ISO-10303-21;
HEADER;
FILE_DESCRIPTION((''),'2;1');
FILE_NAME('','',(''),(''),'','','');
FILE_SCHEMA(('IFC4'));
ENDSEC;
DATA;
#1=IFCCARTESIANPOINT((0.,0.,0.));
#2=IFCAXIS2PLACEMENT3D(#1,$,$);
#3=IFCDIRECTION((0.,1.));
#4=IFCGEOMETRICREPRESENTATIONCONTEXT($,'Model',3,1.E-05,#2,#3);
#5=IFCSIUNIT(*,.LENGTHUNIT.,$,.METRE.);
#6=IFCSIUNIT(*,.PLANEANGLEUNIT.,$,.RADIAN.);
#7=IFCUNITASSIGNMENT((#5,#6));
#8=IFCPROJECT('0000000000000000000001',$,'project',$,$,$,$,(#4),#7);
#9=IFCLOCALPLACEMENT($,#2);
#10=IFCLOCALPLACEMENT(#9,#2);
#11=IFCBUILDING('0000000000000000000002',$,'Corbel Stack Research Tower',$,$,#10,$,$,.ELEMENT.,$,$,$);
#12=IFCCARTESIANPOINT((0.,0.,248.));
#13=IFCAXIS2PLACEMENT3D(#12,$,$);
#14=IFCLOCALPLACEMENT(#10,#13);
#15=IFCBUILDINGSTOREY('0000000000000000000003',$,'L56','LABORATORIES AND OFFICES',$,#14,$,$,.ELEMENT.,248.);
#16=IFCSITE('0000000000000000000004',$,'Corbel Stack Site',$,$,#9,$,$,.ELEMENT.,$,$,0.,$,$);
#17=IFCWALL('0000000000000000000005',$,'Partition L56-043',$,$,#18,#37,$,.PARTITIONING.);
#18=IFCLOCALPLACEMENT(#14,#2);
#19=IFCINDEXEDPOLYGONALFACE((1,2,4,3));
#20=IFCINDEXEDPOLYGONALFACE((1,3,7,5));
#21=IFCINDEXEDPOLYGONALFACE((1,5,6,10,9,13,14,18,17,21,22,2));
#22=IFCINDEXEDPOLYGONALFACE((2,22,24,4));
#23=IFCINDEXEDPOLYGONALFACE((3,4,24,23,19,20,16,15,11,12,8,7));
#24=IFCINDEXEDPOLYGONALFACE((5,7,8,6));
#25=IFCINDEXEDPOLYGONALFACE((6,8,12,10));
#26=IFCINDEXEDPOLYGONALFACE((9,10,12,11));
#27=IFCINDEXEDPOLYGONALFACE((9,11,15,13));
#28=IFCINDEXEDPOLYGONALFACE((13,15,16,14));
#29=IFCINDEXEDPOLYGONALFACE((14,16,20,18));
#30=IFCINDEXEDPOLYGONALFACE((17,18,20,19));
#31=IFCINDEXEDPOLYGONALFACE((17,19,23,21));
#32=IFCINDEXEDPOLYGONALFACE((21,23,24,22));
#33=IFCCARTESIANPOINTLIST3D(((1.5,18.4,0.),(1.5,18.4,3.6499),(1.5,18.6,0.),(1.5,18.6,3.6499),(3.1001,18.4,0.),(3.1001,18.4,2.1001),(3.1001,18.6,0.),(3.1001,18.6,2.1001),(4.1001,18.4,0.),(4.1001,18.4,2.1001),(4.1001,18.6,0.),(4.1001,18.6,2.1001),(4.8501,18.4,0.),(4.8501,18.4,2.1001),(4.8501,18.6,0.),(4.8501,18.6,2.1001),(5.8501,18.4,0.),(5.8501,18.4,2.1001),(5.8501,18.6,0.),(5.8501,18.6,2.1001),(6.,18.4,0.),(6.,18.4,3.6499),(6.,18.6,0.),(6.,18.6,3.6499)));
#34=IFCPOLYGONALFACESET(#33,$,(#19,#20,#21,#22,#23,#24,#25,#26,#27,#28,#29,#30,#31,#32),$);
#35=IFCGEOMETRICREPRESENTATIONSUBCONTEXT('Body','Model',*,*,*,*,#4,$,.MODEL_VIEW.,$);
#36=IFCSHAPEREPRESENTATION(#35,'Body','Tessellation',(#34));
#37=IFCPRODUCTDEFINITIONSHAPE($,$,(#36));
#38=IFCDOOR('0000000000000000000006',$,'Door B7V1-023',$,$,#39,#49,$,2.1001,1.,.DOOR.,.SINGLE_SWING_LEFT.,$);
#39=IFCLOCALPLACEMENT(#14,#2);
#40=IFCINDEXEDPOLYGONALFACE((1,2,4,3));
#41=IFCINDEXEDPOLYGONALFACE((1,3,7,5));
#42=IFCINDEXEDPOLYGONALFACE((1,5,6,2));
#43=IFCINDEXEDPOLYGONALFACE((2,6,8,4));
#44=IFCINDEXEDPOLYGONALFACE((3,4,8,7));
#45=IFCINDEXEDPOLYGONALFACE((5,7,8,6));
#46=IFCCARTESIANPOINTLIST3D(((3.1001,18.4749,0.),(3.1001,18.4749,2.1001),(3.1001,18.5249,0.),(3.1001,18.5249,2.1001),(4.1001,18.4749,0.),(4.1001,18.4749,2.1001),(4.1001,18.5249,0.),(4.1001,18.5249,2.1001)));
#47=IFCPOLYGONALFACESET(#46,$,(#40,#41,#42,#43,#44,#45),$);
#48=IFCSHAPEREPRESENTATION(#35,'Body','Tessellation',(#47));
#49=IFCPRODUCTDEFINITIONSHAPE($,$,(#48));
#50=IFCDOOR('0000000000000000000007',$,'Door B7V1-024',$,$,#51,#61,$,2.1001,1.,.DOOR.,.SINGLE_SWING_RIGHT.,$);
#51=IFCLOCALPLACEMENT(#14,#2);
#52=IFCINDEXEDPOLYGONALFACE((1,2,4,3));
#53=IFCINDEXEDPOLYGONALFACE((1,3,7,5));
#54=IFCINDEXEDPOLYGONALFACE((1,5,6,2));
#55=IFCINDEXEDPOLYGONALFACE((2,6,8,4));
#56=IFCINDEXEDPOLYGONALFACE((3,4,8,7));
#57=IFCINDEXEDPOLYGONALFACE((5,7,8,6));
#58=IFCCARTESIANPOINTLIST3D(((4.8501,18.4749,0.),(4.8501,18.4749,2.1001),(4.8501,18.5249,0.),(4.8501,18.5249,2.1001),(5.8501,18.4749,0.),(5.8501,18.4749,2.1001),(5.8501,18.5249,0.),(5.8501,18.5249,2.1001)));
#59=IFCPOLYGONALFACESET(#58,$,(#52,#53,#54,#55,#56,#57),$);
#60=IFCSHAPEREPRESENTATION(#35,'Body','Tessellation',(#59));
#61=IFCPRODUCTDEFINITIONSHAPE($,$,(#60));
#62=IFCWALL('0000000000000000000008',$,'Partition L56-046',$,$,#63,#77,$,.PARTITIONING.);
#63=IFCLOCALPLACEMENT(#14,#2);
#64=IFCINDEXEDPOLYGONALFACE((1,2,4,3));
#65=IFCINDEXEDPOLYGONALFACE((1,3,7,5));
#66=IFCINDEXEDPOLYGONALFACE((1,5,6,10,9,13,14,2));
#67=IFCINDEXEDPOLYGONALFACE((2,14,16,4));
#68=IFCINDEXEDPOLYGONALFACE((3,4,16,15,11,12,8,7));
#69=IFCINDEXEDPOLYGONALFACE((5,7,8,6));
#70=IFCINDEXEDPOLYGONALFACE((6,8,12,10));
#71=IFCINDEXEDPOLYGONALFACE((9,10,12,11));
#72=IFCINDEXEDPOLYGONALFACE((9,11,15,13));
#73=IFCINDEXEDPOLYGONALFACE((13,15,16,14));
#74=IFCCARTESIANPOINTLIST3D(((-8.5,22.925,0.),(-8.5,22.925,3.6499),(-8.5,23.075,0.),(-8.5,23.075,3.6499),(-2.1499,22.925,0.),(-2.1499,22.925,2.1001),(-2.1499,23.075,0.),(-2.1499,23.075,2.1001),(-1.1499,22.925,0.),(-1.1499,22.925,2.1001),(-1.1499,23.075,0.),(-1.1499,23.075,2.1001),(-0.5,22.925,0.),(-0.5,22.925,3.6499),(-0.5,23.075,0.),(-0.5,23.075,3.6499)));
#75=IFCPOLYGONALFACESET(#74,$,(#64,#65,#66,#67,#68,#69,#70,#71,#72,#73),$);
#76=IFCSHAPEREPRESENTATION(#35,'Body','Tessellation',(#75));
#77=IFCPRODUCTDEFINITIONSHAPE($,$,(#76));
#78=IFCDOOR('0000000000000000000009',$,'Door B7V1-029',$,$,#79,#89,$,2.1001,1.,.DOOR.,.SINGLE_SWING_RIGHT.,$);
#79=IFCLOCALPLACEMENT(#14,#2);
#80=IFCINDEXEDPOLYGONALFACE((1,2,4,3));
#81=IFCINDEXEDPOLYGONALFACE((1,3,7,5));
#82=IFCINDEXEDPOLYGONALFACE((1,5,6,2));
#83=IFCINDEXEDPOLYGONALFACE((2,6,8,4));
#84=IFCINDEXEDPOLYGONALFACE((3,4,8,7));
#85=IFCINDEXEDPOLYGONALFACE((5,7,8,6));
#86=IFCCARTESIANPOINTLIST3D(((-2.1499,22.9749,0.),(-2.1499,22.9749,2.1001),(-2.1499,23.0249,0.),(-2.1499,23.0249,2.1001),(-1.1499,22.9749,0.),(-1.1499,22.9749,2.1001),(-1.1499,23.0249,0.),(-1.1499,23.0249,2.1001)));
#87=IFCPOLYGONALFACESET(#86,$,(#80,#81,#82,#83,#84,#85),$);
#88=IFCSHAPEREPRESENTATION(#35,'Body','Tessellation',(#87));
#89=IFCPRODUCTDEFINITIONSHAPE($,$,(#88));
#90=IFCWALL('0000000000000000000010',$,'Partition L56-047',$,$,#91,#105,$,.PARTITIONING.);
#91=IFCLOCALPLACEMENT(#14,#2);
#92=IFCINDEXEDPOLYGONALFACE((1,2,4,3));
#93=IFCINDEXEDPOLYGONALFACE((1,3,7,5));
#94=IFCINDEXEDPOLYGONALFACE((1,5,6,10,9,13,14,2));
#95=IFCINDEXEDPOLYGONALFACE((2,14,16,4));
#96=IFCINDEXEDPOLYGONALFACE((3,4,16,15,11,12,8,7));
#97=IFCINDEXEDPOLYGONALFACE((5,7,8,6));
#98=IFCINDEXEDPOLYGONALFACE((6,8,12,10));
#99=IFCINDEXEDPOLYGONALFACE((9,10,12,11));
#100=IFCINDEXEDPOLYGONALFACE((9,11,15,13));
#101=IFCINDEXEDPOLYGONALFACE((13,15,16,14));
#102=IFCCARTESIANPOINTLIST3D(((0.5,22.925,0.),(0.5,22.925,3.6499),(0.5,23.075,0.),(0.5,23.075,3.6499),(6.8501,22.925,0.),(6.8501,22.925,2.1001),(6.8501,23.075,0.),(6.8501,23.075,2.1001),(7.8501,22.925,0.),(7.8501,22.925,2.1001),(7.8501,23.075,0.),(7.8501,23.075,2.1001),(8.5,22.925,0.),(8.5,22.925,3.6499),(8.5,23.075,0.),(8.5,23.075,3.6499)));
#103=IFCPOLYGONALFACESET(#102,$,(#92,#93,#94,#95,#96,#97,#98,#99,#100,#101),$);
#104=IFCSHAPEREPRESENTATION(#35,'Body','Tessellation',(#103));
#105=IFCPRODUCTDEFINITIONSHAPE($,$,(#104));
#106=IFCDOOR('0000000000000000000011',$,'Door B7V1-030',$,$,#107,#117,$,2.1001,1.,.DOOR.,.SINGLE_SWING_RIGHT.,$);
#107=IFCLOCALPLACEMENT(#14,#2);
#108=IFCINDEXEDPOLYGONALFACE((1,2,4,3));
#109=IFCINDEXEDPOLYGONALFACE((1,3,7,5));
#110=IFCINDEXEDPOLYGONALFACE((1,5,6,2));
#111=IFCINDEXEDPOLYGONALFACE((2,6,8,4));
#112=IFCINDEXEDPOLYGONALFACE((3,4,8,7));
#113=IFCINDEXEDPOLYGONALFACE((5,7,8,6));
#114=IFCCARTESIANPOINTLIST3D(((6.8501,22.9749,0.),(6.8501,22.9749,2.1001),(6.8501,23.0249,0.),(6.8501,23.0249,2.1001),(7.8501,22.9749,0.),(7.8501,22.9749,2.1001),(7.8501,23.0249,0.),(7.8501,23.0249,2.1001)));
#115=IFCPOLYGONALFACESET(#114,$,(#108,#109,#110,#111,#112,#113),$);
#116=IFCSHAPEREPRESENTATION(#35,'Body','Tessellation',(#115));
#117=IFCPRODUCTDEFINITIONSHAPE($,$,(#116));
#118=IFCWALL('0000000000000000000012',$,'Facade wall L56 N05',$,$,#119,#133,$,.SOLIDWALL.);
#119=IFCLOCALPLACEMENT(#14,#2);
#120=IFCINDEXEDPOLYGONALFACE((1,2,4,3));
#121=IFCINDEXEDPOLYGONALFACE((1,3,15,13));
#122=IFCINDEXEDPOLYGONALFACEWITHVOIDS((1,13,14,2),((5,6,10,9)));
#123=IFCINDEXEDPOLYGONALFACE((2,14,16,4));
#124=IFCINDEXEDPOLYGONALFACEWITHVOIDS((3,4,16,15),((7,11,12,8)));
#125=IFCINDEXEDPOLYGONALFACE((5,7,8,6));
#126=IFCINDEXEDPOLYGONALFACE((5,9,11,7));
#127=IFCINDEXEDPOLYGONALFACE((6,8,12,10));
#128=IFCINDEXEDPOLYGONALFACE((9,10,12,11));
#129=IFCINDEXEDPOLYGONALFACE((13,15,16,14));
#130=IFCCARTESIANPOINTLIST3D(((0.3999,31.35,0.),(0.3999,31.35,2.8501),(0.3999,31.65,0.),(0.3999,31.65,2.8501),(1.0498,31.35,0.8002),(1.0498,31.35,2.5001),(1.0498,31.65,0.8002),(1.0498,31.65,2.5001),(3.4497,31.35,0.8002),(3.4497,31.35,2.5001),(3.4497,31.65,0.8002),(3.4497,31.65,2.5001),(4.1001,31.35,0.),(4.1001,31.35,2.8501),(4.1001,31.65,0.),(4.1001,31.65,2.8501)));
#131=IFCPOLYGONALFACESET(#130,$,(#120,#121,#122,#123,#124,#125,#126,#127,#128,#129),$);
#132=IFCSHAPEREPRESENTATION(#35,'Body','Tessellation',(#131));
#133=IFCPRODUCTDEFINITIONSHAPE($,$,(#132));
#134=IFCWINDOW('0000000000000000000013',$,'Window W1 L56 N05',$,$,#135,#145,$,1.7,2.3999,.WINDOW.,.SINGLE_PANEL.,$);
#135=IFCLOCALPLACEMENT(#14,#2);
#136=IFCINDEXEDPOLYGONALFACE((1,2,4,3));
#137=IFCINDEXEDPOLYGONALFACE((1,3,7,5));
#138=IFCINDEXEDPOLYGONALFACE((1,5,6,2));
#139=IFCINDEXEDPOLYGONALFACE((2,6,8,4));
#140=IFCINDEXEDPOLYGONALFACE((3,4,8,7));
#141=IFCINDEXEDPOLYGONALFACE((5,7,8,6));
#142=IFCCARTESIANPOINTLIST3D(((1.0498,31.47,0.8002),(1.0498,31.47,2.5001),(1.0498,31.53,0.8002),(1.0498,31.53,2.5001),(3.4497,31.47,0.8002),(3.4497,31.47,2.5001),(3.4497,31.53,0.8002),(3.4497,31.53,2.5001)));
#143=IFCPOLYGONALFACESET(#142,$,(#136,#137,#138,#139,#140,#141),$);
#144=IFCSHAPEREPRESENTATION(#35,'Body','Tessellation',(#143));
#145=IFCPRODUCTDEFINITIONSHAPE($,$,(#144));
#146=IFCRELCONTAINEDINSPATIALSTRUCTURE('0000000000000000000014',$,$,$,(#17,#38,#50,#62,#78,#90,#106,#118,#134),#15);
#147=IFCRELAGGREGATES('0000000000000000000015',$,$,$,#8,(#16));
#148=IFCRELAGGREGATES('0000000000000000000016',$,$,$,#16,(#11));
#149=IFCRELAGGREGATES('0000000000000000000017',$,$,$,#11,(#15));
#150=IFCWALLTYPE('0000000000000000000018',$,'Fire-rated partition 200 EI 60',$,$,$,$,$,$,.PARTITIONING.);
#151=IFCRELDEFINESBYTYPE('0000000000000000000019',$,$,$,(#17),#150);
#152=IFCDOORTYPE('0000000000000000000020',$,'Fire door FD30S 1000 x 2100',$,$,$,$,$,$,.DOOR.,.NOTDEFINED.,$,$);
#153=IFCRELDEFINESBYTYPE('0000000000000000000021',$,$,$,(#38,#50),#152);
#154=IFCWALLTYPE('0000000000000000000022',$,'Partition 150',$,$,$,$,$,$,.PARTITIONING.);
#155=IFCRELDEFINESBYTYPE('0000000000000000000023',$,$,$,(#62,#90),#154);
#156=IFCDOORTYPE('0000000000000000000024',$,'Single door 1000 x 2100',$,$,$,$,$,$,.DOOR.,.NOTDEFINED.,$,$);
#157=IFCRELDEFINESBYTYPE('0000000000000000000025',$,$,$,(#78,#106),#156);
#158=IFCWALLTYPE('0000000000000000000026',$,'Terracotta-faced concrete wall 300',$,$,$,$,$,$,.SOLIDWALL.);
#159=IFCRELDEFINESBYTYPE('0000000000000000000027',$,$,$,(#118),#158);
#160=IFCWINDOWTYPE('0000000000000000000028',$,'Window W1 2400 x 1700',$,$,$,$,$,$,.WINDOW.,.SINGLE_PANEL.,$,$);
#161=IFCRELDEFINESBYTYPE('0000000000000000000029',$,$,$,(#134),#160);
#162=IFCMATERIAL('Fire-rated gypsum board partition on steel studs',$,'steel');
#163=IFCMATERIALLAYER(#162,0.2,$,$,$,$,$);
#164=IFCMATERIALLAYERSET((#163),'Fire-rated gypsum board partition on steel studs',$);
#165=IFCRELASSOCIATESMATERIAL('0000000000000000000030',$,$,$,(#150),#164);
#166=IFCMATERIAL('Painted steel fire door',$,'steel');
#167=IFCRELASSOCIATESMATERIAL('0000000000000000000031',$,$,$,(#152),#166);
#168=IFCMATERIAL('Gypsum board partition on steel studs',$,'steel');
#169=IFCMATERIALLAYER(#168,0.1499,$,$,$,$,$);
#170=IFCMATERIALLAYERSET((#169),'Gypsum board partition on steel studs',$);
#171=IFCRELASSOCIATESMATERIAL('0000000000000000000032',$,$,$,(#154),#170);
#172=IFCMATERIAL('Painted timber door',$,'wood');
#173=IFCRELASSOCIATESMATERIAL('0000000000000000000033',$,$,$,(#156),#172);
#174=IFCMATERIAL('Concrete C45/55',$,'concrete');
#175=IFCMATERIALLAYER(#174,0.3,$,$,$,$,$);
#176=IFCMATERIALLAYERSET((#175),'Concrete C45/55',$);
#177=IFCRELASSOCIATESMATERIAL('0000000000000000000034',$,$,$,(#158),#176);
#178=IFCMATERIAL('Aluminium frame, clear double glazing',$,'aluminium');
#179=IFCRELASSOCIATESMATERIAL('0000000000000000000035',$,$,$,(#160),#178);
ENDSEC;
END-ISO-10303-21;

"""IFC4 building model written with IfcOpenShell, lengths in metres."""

from ifc_helpers import new_model, si_unit, direction, frame, frame_2d, origin, place, context, subcontext, project, spatial, rectangle, extrude, material, layer, layer_set, type_object, element, fill, save


model = new_model("IFC4")

# Units and contexts
model_context = context("Model", 3, precision=1e-05, world=origin(), true_north=direction((0.0, 1.0)))
body_context = subcontext(model_context, "Body", "Model", "MODEL_VIEW")
ifc_project = project(units=[si_unit("LENGTHUNIT", "METRE"), si_unit("PLANEANGLEUNIT", "RADIAN")], contexts=[model_context])

# Site, building, storey
site_placement = place(None, origin())
site = spatial("IfcSite", under=ifc_project, at=site_placement, Name="Corbel Stack Site", CompositionType="ELEMENT", RefElevation=0.0)
building_placement = place(site_placement, origin())
building = spatial("IfcBuilding", under=site, at=building_placement, Name="Corbel Stack Research Tower", CompositionType="ELEMENT")
storey_placement = place(building_placement, frame((0.0, 0.0, 248.0)))
storey = spatial("IfcBuildingStorey", under=building, at=storey_placement, Name="L56", Description="LABORATORIES AND OFFICES", CompositionType="ELEMENT", Elevation=248.0)

# Shared definitions
ifc_material_1 = material(Name="Fire-rated gypsum board partition on steel studs", Category="steel")
ifc_layer_1 = layer(ifc_material_1, 0.2)
ifc_layer_set_1 = layer_set([ifc_layer_1], Name="Fire-rated gypsum board partition on steel studs")
wall_type_1 = type_object("IfcWallType", Name="Fire-rated partition 200 EI 60", PredefinedType="PARTITIONING", material=ifc_layer_set_1)

# Wall, openings, doors
wall_1_placement = place(storey_placement, frame((1.5, 18.5, 0.0), z_axis=(0.0, 0.0, 1.0), x_axis=(1.0, 0.0, 0.0)))
wall_1 = element("IfcWall", 1, at=wall_1_placement, inside=storey, type_object=wall_type_1, Name="Partition L56-043", PredefinedType="PARTITIONING", context=body_context, shape_type="SweptSolid", body=[
    extrude(rectangle(XDim=4.5, YDim=0.2, at=frame_2d((2.25, 0.0))), origin(), (0.0, 0.0, 1.0), 3.6499),
])
opening_1_placement = place(wall_1_placement, frame((1.6001, 0.0, 0.0)))
opening_1 = element("IfcOpeningElement", 2, at=opening_1_placement, cuts=wall_1, PredefinedType="OPENING", context=body_context, shape_type="SweptSolid", body=[
    extrude(rectangle(XDim=1.0, YDim=2.1001, at=frame_2d((0.5, 1.05))), frame((0.0, 0.1099, 0.0), z_axis=(0.0, -1.0, 0.0), x_axis=(1.0, 0.0, 0.0)), (0.0, 0.0, 1.0), 0.22),
])
opening_2_placement = place(wall_1_placement, frame((3.3501, 0.0, 0.0)))
opening_2 = element("IfcOpeningElement", 3, at=opening_2_placement, cuts=wall_1, PredefinedType="OPENING", context=body_context, shape_type="SweptSolid", body=[
    extrude(rectangle(XDim=1.0, YDim=2.1001, at=frame_2d((0.5, 1.05))), frame((0.0, 0.1099, 0.0), z_axis=(0.0, -1.0, 0.0), x_axis=(1.0, 0.0, 0.0)), (0.0, 0.0, 1.0), 0.22),
])
ifc_material_2 = material(Name="Painted steel fire door", Category="steel")
door_type_1 = type_object("IfcDoorType", Name="Fire door FD30S 1000 x 2100", OperationType="NOTDEFINED", PredefinedType="DOOR", material=ifc_material_2)
door_1_placement = place(opening_1_placement, origin())
door_1 = element("IfcDoor", 4, at=door_1_placement, inside=storey, type_object=door_type_1, Name="Door B7V1-023", OperationType="SINGLE_SWING_LEFT", OverallHeight=2.1001, OverallWidth=1.0, PredefinedType="DOOR", context=body_context, shape_type="SweptSolid", body=[
    extrude(rectangle(XDim=1.0, YDim=2.1001, at=frame_2d((0.5, 1.05))), frame((0.0, 0.0249, 0.0), z_axis=(0.0, -1.0, 0.0), x_axis=(1.0, 0.0, 0.0)), (0.0, 0.0, 1.0), 0.05),
])
fill(opening_1, door_1)
door_2_placement = place(opening_2_placement, origin())
door_2 = element("IfcDoor", 5, at=door_2_placement, inside=storey, type_object=door_type_1, Name="Door B7V1-024", OperationType="SINGLE_SWING_RIGHT", OverallHeight=2.1001, OverallWidth=1.0, PredefinedType="DOOR", context=body_context, shape_type="SweptSolid", body=[
    extrude(rectangle(XDim=1.0, YDim=2.1001, at=frame_2d((0.5, 1.05))), frame((0.0, 0.0249, 0.0), z_axis=(0.0, -1.0, 0.0), x_axis=(1.0, 0.0, 0.0)), (0.0, 0.0, 1.0), 0.05),
])
fill(opening_2, door_2)

# Walls, openings, doors
ifc_material_3 = material(Name="Gypsum board partition on steel studs", Category="steel")
ifc_layer_2 = layer(ifc_material_3, 0.1499)
ifc_layer_set_2 = layer_set([ifc_layer_2], Name="Gypsum board partition on steel studs")
wall_type_2 = type_object("IfcWallType", Name="Partition 150", PredefinedType="PARTITIONING", material=ifc_layer_set_2)
wall_2_placement = place(storey_placement, frame((-8.5, 23.0, 0.0), z_axis=(0.0, 0.0, 1.0), x_axis=(1.0, 0.0, 0.0)))
wall_2 = element("IfcWall", 6, at=wall_2_placement, inside=storey, type_object=wall_type_2, Name="Partition L56-046", PredefinedType="PARTITIONING", context=body_context, shape_type="SweptSolid", body=[
    extrude(rectangle(XDim=8.0, YDim=0.1499, at=frame_2d((4.0, 0.0))), origin(), (0.0, 0.0, 1.0), 3.6499),
])
opening_3_placement = place(wall_2_placement, frame((6.3501, 0.0, 0.0)))
opening_3 = element("IfcOpeningElement", 7, at=opening_3_placement, cuts=wall_2, PredefinedType="OPENING", context=body_context, shape_type="SweptSolid", body=[
    extrude(rectangle(XDim=1.0, YDim=2.1001, at=frame_2d((0.5, 1.05))), frame((0.0, 0.085, 0.0), z_axis=(0.0, -1.0, 0.0), x_axis=(1.0, 0.0, 0.0)), (0.0, 0.0, 1.0), 0.1699),
])
ifc_material_4 = material(Name="Painted timber door", Category="wood")
door_type_2 = type_object("IfcDoorType", Name="Single door 1000 x 2100", OperationType="NOTDEFINED", PredefinedType="DOOR", material=ifc_material_4)
door_3_placement = place(opening_3_placement, origin())
door_3 = element("IfcDoor", 8, at=door_3_placement, inside=storey, type_object=door_type_2, Name="Door B7V1-029", OperationType="SINGLE_SWING_RIGHT", OverallHeight=2.1001, OverallWidth=1.0, PredefinedType="DOOR", context=body_context, shape_type="SweptSolid", body=[
    extrude(rectangle(XDim=1.0, YDim=2.1001, at=frame_2d((0.5, 1.05))), frame((0.0, 0.0249, 0.0), z_axis=(0.0, -1.0, 0.0), x_axis=(1.0, 0.0, 0.0)), (0.0, 0.0, 1.0), 0.05),
])
fill(opening_3, door_3)
wall_3_placement = place(storey_placement, frame((0.5, 23.0, 0.0), z_axis=(0.0, 0.0, 1.0), x_axis=(1.0, 0.0, 0.0)))
wall_3 = element("IfcWall", 9, at=wall_3_placement, inside=storey, type_object=wall_type_2, Name="Partition L56-047", PredefinedType="PARTITIONING", context=body_context, shape_type="SweptSolid", body=[
    extrude(rectangle(XDim=8.0, YDim=0.1499, at=frame_2d((4.0, 0.0))), origin(), (0.0, 0.0, 1.0), 3.6499),
])
opening_4_placement = place(wall_3_placement, frame((6.3501, 0.0, 0.0)))
opening_4 = element("IfcOpeningElement", 10, at=opening_4_placement, cuts=wall_3, PredefinedType="OPENING", context=body_context, shape_type="SweptSolid", body=[
    extrude(rectangle(XDim=1.0, YDim=2.1001, at=frame_2d((0.5, 1.05))), frame((0.0, 0.085, 0.0), z_axis=(0.0, -1.0, 0.0), x_axis=(1.0, 0.0, 0.0)), (0.0, 0.0, 1.0), 0.1699),
])
door_4_placement = place(opening_4_placement, origin())
door_4 = element("IfcDoor", 11, at=door_4_placement, inside=storey, type_object=door_type_2, Name="Door B7V1-030", OperationType="SINGLE_SWING_RIGHT", OverallHeight=2.1001, OverallWidth=1.0, PredefinedType="DOOR", context=body_context, shape_type="SweptSolid", body=[
    extrude(rectangle(XDim=1.0, YDim=2.1001, at=frame_2d((0.5, 1.05))), frame((0.0, 0.0249, 0.0), z_axis=(0.0, -1.0, 0.0), x_axis=(1.0, 0.0, 0.0)), (0.0, 0.0, 1.0), 0.05),
])
fill(opening_4, door_4)

# Wall, opening, window
ifc_material_5 = material(Name="Concrete C45/55", Category="concrete")
ifc_layer_3 = layer(ifc_material_5, 0.3)
ifc_layer_set_3 = layer_set([ifc_layer_3], Name="Concrete C45/55")
wall_type_3 = type_object("IfcWallType", Name="Terracotta-faced concrete wall 300", PredefinedType="SOLIDWALL", material=ifc_layer_set_3)
wall_4_placement = place(storey_placement, frame((0.3999, 31.5, 0.0), z_axis=(0.0, 0.0, 1.0), x_axis=(1.0, 0.0, 0.0)))
wall_4 = element("IfcWall", 12, at=wall_4_placement, inside=storey, type_object=wall_type_3, Name="Facade wall L56 N05", PredefinedType="SOLIDWALL", context=body_context, shape_type="SweptSolid", body=[
    extrude(rectangle(XDim=3.7002, YDim=0.3, at=frame_2d((1.8501, 0.0))), origin(), (0.0, 0.0, 1.0), 2.8501),
])
opening_5_placement = place(wall_4_placement, frame((0.6499, 0.0, 0.8)))
opening_5 = element("IfcOpeningElement", 13, at=opening_5_placement, cuts=wall_4, PredefinedType="OPENING", context=body_context, shape_type="SweptSolid", body=[
    extrude(rectangle(XDim=2.3999, YDim=1.7, at=frame_2d((1.2, 0.8501))), frame((0.0, 0.1599, 0.0), z_axis=(0.0, -1.0, 0.0), x_axis=(1.0, 0.0, 0.0)), (0.0, 0.0, 1.0), 0.3201),
])
ifc_material_6 = material(Name="Aluminium frame, clear double glazing", Category="aluminium")
window_type = type_object("IfcWindowType", Name="Window W1 2400 x 1700", PartitioningType="SINGLE_PANEL", PredefinedType="WINDOW", material=ifc_material_6)
window_1_placement = place(opening_5_placement, origin())
window_1 = element("IfcWindow", 14, at=window_1_placement, inside=storey, type_object=window_type, Name="Window W1 L56 N05", OverallHeight=1.7, OverallWidth=2.3999, PartitioningType="SINGLE_PANEL", PredefinedType="WINDOW", context=body_context, shape_type="SweptSolid", body=[
    extrude(rectangle(XDim=2.3999, YDim=1.7, at=frame_2d((1.2, 0.8501))), frame((0.0, 0.03, 0.0), z_axis=(0.0, -1.0, 0.0), x_axis=(1.0, 0.0, 0.0)), (0.0, 0.0, 1.0), 0.0601),
])
fill(opening_5, window_1)

save(model, "model.ifc")
